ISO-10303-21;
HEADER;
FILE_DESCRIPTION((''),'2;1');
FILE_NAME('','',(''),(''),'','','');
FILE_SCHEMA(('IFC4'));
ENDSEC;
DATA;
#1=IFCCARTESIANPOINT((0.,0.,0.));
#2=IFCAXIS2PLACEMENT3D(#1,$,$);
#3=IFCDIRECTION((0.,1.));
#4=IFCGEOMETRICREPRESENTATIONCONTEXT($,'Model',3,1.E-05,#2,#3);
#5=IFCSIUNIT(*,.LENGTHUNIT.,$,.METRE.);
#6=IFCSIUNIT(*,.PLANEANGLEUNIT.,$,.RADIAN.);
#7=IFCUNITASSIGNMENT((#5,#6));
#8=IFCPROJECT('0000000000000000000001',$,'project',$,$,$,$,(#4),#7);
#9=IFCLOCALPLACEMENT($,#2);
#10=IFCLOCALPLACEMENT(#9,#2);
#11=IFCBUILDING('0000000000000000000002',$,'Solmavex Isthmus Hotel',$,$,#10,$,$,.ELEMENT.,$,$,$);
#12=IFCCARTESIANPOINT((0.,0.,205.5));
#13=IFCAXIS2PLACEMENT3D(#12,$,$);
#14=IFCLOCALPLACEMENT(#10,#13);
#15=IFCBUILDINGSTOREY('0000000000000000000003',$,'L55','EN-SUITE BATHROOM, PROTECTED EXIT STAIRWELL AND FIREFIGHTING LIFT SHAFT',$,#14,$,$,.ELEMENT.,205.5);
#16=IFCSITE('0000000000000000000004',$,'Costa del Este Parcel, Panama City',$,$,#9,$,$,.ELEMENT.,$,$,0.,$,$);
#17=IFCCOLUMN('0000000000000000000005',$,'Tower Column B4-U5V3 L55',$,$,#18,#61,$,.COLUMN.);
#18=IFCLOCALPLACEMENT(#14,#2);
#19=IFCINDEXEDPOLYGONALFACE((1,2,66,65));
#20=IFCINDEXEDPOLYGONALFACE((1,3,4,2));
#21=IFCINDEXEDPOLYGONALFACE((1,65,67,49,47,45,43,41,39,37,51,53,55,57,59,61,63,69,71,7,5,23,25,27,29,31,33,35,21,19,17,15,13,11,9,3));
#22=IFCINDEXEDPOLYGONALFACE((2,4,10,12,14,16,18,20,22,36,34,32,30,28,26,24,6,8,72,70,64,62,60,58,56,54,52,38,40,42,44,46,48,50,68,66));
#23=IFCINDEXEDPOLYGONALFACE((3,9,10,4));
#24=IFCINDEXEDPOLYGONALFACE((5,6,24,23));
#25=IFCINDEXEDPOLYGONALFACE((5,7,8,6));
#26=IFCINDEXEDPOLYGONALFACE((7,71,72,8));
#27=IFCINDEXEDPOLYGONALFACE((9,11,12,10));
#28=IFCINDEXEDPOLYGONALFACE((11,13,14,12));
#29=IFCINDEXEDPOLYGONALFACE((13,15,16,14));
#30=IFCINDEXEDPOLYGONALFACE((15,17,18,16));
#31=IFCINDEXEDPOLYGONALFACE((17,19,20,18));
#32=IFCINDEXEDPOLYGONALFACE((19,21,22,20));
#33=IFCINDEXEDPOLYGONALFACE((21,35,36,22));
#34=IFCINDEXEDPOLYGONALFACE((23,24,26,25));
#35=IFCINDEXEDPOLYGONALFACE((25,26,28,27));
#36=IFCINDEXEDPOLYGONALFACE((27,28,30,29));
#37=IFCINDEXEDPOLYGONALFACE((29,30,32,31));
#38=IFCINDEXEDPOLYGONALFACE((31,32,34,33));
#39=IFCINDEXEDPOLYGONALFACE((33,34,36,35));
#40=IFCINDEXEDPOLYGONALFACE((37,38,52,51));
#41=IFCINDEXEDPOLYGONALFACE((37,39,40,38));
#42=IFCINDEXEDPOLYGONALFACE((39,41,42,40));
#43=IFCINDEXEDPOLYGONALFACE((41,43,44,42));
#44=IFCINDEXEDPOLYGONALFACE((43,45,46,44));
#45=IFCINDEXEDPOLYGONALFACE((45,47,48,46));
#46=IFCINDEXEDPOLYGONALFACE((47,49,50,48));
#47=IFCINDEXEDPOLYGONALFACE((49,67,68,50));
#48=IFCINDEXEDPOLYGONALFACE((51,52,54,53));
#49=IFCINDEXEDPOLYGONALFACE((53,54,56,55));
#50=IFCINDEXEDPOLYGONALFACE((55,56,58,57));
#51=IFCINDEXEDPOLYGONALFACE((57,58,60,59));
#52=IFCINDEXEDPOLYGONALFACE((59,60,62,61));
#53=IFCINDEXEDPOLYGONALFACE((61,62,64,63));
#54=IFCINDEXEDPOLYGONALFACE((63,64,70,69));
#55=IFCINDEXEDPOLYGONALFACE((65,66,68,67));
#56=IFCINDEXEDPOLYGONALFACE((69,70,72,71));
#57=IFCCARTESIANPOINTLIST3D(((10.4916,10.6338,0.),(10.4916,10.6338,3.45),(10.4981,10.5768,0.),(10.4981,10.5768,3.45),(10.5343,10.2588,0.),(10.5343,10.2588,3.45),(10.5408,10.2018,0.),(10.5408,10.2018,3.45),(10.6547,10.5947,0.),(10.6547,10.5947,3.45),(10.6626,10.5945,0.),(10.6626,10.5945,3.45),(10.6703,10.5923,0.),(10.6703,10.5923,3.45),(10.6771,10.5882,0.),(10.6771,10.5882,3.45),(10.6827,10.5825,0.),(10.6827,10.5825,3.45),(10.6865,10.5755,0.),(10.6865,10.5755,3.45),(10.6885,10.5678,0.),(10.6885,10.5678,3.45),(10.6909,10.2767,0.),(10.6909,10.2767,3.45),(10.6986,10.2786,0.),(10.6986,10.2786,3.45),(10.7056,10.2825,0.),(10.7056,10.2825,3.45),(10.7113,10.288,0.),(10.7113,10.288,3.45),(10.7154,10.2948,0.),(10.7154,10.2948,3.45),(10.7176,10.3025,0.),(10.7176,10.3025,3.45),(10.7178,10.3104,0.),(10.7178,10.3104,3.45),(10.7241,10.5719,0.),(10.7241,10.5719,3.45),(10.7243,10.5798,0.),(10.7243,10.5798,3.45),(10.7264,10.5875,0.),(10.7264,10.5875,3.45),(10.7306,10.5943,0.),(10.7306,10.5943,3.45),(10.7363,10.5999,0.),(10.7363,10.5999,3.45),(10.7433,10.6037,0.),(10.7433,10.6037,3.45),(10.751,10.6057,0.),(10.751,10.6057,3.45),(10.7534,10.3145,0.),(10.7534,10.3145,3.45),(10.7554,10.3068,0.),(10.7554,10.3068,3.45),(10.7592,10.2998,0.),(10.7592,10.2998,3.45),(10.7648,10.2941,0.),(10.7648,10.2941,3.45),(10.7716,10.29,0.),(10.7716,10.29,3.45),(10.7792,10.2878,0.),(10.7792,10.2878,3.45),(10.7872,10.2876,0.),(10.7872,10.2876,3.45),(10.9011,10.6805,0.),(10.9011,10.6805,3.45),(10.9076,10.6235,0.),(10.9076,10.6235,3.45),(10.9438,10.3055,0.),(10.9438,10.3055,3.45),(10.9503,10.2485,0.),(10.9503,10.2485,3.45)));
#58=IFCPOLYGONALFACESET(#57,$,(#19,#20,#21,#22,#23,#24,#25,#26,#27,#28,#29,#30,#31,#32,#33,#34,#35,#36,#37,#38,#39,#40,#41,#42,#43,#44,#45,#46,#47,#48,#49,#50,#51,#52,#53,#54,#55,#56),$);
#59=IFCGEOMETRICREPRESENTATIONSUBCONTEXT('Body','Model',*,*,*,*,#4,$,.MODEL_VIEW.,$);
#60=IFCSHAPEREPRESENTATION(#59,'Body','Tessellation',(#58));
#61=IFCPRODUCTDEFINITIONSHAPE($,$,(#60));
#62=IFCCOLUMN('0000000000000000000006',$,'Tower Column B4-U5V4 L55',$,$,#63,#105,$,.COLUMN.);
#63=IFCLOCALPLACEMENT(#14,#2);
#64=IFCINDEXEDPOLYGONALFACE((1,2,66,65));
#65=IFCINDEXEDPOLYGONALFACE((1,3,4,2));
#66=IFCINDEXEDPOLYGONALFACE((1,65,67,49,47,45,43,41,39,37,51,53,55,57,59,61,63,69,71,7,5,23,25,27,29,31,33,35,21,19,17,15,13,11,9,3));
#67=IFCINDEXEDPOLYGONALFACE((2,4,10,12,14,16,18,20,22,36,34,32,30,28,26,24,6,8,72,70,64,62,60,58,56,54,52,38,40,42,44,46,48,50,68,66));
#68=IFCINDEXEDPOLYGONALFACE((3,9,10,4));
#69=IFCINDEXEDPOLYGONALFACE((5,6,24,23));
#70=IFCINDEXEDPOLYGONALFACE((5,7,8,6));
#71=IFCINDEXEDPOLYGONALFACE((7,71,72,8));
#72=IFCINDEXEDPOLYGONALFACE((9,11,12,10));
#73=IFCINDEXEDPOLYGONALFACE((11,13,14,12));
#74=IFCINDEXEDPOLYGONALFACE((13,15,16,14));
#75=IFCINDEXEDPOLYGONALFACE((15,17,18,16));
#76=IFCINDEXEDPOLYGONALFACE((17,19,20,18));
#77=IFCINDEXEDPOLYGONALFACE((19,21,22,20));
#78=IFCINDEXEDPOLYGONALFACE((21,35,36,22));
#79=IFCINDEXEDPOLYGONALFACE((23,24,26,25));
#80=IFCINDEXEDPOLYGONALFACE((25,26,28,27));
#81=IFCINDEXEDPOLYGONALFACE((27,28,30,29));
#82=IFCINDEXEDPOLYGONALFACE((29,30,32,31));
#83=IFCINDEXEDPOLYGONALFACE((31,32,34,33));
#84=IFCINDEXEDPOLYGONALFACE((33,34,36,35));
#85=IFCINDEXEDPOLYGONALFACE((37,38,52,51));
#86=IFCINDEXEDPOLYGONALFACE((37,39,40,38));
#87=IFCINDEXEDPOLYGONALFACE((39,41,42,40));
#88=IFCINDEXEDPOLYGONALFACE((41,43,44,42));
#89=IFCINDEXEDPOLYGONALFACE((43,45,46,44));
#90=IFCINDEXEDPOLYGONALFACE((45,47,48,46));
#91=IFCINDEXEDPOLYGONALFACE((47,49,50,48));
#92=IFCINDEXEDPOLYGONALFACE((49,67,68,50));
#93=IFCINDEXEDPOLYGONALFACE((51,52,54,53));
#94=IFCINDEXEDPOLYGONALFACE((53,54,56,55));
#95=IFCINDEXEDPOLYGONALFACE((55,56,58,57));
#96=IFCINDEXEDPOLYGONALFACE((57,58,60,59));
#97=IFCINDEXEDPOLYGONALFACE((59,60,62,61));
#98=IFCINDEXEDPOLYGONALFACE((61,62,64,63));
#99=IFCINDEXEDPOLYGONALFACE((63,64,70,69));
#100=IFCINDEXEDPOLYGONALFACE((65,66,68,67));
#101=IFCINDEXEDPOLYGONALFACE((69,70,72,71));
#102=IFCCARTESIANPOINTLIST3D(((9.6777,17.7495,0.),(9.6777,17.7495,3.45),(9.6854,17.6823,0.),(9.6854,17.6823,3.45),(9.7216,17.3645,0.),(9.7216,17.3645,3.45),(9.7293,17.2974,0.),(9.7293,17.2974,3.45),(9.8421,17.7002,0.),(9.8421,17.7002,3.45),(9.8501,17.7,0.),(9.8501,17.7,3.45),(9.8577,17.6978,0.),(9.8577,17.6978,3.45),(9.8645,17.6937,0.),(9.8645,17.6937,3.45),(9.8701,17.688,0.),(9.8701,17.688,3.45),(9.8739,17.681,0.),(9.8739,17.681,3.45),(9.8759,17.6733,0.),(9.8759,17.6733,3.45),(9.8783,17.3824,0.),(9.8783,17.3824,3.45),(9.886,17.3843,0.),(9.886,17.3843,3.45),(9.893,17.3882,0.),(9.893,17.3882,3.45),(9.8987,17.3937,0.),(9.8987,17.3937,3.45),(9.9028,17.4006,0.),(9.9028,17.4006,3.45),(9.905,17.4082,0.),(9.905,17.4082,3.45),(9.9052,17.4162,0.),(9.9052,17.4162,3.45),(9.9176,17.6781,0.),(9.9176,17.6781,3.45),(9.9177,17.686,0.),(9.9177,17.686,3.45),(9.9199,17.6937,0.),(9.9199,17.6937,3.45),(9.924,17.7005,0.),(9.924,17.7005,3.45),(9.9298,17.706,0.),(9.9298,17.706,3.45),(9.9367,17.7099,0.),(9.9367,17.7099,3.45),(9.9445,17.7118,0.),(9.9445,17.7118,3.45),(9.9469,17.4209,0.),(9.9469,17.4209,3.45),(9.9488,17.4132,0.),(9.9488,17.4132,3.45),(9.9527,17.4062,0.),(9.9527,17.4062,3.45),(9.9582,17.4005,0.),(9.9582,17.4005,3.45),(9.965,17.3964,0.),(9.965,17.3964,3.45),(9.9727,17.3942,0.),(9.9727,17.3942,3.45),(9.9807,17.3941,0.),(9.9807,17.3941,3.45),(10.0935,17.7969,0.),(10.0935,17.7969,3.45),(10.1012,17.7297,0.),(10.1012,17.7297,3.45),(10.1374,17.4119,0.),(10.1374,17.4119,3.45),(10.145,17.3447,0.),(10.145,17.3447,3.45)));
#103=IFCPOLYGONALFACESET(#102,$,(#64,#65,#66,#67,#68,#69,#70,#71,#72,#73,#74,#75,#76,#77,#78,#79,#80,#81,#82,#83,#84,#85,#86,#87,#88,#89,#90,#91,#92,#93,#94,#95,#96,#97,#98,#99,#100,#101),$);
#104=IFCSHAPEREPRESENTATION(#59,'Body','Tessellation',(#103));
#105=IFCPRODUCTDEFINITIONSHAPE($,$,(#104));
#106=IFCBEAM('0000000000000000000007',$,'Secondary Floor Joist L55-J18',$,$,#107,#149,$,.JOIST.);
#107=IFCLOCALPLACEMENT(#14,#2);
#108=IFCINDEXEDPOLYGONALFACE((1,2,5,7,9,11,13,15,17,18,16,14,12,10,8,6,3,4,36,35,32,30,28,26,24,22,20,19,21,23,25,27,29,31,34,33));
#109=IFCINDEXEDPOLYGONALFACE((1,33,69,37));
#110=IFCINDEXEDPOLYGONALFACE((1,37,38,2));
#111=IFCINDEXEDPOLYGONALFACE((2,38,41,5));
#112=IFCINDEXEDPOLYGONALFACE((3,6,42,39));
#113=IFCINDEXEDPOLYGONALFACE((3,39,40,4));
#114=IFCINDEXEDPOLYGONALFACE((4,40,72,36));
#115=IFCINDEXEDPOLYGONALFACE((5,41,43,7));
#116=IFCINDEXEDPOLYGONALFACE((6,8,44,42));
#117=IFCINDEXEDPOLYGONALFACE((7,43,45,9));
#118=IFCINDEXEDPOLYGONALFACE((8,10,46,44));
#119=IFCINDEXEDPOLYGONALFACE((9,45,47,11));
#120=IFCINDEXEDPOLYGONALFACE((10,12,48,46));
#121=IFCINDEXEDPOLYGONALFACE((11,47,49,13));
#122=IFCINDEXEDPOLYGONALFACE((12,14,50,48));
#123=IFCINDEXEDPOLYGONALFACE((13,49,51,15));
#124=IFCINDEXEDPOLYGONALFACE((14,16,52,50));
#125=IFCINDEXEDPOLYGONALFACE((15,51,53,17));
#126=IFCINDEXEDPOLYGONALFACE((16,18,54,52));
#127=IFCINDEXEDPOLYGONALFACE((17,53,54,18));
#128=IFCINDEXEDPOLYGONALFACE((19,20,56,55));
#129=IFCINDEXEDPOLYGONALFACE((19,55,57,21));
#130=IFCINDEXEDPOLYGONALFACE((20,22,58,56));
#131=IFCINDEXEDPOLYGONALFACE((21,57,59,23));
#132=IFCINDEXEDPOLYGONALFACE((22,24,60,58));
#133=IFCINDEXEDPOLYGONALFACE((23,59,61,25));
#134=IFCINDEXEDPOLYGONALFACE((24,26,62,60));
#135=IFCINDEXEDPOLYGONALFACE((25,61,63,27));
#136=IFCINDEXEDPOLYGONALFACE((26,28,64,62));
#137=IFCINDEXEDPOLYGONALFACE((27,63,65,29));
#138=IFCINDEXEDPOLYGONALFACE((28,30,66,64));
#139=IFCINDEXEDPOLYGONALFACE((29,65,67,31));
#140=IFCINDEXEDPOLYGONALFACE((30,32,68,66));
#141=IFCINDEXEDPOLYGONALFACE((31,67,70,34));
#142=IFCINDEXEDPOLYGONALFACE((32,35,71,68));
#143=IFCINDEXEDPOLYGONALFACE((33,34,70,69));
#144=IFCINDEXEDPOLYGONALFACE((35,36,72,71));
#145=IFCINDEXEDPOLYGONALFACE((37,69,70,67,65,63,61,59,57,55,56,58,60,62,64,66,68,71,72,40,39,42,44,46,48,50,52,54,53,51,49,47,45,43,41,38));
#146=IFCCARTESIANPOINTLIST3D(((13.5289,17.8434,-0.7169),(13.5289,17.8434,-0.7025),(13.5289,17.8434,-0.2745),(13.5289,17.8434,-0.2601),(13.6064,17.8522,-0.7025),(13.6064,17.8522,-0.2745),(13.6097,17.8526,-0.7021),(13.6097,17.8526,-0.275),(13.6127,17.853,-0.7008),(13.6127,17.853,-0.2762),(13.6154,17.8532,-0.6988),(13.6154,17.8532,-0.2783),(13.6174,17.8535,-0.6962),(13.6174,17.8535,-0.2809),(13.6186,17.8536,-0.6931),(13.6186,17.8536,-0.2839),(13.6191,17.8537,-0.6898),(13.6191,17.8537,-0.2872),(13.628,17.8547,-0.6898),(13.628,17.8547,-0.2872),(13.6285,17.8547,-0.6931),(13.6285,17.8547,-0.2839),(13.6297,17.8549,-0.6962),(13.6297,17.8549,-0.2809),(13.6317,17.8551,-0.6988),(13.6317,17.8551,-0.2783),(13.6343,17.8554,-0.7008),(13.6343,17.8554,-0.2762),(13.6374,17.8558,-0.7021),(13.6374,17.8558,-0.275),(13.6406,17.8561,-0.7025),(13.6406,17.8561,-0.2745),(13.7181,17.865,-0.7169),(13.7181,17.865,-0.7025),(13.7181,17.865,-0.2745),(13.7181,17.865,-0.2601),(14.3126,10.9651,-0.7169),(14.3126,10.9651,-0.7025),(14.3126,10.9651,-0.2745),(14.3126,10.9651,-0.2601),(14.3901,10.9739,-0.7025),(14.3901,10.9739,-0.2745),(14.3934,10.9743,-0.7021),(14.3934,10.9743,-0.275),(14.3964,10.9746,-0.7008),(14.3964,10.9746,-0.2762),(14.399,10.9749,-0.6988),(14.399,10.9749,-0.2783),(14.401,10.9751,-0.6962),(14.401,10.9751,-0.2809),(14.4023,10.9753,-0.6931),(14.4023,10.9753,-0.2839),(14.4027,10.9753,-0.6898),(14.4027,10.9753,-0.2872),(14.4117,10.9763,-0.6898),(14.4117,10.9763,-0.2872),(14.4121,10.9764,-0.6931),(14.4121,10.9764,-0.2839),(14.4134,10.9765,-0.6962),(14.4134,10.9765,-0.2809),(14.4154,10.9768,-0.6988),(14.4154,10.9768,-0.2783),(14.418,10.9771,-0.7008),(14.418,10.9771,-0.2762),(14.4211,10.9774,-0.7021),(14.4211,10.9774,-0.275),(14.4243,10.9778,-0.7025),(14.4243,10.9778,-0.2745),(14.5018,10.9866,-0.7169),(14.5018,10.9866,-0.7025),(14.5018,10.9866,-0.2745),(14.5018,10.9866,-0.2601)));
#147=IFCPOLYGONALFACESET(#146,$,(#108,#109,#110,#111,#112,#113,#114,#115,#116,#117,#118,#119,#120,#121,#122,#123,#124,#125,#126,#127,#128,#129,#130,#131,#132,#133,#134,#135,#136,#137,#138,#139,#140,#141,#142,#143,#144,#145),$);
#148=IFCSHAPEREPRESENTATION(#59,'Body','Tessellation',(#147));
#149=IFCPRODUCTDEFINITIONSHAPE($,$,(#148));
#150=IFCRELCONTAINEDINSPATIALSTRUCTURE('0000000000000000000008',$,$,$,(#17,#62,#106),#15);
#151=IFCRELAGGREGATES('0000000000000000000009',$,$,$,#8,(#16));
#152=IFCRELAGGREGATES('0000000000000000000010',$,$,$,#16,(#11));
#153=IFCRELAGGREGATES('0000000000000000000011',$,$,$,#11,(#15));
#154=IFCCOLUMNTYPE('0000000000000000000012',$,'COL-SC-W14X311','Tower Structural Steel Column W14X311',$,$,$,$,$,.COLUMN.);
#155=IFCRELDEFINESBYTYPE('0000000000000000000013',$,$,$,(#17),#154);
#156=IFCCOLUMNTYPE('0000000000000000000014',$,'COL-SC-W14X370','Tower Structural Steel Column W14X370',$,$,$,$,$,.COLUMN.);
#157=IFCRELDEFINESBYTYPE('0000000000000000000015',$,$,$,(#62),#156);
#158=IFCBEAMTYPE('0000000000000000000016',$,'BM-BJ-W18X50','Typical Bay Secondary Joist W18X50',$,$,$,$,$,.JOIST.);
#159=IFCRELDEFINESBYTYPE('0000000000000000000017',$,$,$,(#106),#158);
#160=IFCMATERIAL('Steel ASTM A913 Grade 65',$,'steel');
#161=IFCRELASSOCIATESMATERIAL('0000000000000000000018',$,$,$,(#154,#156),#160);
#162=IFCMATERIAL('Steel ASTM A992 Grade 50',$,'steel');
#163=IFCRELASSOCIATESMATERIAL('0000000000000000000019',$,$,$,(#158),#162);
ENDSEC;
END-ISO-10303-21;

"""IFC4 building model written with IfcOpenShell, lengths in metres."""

from ifc_helpers import new_model, si_unit, direction, frame, origin, origin_2d, place, context, subcontext, project, spatial, i_section, extrude, material, material_profile, profile_set, type_object, element, save


model = new_model("IFC4")

# Units and contexts
model_context = context("Model", 3, precision=1e-05, world=origin(), true_north=direction((0.0, 1.0)))
body_context = subcontext(model_context, "Body", "Model", "MODEL_VIEW")
ifc_project = project(units=[si_unit("LENGTHUNIT", "METRE"), si_unit("PLANEANGLEUNIT", "RADIAN")], contexts=[model_context])

# Site, building, storey
site_placement = place(None, origin())
site = spatial("IfcSite", under=ifc_project, at=site_placement, Name="Costa del Este Parcel, Panama City", CompositionType="ELEMENT", RefElevation=0.0)
building_placement = place(site_placement, origin())
building = spatial("IfcBuilding", under=site, at=building_placement, Name="Solmavex Isthmus Hotel", CompositionType="ELEMENT")
storey_placement = place(building_placement, frame((0.0, 0.0, 205.5)))
storey = spatial("IfcBuildingStorey", under=building, at=storey_placement, Name="L55", Description="EN-SUITE BATHROOM, PROTECTED EXIT STAIRWELL AND FIREFIGHTING LIFT SHAFT", CompositionType="ELEMENT", Elevation=205.5)

# Columns
ifc_material_1 = material(Name="Steel ASTM A913 Grade 65", Category="steel")
ifc_material_profile_1 = material_profile(ifc_material_1, i_section(OverallWidth=0.4121, OverallDepth=0.4348, WebThickness=0.0359, FlangeThickness=0.0574, FilletRadius=0.0305, at=origin_2d()), Name="W14X311")
ifc_profile_set_1 = profile_set([ifc_material_profile_1], Name="Steel ASTM A913 Grade 65")
column_type_1 = type_object("IfcColumnType", Name="COL-SC-W14X311", Description="Tower Structural Steel Column W14X311", PredefinedType="COLUMN", material=ifc_profile_set_1)
column_1_placement = place(storey_placement, frame((10.7209, 10.4412, 0.0), z_axis=(0.0, 0.0, 1.0), x_axis=(0.993572, 0.113203, 0.0)))
element("IfcColumn", 1, at=column_1_placement, inside=storey, type_object=column_type_1, Name="Tower Column B4-U5V3 L55", PredefinedType="COLUMN", context=body_context, shape_type="SweptSolid", body=[
    extrude(i_section(OverallWidth=0.4121, OverallDepth=0.4348, WebThickness=0.0359, FlangeThickness=0.0574, FilletRadius=0.0305, at=origin_2d()), origin(), (0.0, 0.0, 1.0), 3.45),
])
ifc_material_profile_2 = material_profile(ifc_material_1, i_section(OverallWidth=0.4185, OverallDepth=0.4551, WebThickness=0.042, FlangeThickness=0.0676, FilletRadius=0.0305, at=origin_2d()), Name="W14X370")
ifc_profile_set_2 = profile_set([ifc_material_profile_2], Name="Steel ASTM A913 Grade 65")
column_type_2 = type_object("IfcColumnType", Name="COL-SC-W14X370", Description="Tower Structural Steel Column W14X370", PredefinedType="COLUMN", material=ifc_profile_set_2)
column_2_placement = place(storey_placement, frame((9.9114, 17.5471, 0.0), z_axis=(0.0, 0.0, 1.0), x_axis=(0.993572, 0.113203, 0.0)))
element("IfcColumn", 2, at=column_2_placement, inside=storey, type_object=column_type_2, Name="Tower Column B4-U5V4 L55", PredefinedType="COLUMN", context=body_context, shape_type="SweptSolid", body=[
    extrude(i_section(OverallWidth=0.4185, OverallDepth=0.4551, WebThickness=0.042, FlangeThickness=0.0676, FilletRadius=0.0305, at=origin_2d()), origin(), (0.0, 0.0, 1.0), 3.45),
])

# Beam
ifc_material_2 = material(Name="Steel ASTM A992 Grade 50", Category="steel")
ifc_material_profile_3 = material_profile(ifc_material_2, i_section(OverallWidth=0.1904, OverallDepth=0.4568, WebThickness=0.009, FlangeThickness=0.0144, FilletRadius=0.0127, at=origin_2d()), Name="W18X50")
ifc_profile_set_3 = profile_set([ifc_material_profile_3], Name="Steel ASTM A992 Grade 50")
beam_type_1 = type_object("IfcBeamType", Name="BM-BJ-W18X50", Description="Typical Bay Secondary Joist W18X50", PredefinedType="JOIST", material=ifc_profile_set_3)
beam_1_placement = place(storey_placement, frame((14.4072, 10.9758, -0.4885), z_axis=(-0.113202, 0.993572, 0.0), x_axis=(-0.993572, -0.113202, 0.0)))
element("IfcBeam", 3, at=beam_1_placement, inside=storey, type_object=beam_type_1, Name="Secondary Floor Joist L55-J18", PredefinedType="JOIST", context=body_context, shape_type="SweptSolid", body=[
    extrude(i_section(OverallWidth=0.1904, OverallDepth=0.4568, WebThickness=0.009, FlangeThickness=0.0144, FilletRadius=0.0127, at=origin_2d()), origin(), (0.0, 0.0, 1.0), 6.9229),
])

save(model, "model.ifc")
